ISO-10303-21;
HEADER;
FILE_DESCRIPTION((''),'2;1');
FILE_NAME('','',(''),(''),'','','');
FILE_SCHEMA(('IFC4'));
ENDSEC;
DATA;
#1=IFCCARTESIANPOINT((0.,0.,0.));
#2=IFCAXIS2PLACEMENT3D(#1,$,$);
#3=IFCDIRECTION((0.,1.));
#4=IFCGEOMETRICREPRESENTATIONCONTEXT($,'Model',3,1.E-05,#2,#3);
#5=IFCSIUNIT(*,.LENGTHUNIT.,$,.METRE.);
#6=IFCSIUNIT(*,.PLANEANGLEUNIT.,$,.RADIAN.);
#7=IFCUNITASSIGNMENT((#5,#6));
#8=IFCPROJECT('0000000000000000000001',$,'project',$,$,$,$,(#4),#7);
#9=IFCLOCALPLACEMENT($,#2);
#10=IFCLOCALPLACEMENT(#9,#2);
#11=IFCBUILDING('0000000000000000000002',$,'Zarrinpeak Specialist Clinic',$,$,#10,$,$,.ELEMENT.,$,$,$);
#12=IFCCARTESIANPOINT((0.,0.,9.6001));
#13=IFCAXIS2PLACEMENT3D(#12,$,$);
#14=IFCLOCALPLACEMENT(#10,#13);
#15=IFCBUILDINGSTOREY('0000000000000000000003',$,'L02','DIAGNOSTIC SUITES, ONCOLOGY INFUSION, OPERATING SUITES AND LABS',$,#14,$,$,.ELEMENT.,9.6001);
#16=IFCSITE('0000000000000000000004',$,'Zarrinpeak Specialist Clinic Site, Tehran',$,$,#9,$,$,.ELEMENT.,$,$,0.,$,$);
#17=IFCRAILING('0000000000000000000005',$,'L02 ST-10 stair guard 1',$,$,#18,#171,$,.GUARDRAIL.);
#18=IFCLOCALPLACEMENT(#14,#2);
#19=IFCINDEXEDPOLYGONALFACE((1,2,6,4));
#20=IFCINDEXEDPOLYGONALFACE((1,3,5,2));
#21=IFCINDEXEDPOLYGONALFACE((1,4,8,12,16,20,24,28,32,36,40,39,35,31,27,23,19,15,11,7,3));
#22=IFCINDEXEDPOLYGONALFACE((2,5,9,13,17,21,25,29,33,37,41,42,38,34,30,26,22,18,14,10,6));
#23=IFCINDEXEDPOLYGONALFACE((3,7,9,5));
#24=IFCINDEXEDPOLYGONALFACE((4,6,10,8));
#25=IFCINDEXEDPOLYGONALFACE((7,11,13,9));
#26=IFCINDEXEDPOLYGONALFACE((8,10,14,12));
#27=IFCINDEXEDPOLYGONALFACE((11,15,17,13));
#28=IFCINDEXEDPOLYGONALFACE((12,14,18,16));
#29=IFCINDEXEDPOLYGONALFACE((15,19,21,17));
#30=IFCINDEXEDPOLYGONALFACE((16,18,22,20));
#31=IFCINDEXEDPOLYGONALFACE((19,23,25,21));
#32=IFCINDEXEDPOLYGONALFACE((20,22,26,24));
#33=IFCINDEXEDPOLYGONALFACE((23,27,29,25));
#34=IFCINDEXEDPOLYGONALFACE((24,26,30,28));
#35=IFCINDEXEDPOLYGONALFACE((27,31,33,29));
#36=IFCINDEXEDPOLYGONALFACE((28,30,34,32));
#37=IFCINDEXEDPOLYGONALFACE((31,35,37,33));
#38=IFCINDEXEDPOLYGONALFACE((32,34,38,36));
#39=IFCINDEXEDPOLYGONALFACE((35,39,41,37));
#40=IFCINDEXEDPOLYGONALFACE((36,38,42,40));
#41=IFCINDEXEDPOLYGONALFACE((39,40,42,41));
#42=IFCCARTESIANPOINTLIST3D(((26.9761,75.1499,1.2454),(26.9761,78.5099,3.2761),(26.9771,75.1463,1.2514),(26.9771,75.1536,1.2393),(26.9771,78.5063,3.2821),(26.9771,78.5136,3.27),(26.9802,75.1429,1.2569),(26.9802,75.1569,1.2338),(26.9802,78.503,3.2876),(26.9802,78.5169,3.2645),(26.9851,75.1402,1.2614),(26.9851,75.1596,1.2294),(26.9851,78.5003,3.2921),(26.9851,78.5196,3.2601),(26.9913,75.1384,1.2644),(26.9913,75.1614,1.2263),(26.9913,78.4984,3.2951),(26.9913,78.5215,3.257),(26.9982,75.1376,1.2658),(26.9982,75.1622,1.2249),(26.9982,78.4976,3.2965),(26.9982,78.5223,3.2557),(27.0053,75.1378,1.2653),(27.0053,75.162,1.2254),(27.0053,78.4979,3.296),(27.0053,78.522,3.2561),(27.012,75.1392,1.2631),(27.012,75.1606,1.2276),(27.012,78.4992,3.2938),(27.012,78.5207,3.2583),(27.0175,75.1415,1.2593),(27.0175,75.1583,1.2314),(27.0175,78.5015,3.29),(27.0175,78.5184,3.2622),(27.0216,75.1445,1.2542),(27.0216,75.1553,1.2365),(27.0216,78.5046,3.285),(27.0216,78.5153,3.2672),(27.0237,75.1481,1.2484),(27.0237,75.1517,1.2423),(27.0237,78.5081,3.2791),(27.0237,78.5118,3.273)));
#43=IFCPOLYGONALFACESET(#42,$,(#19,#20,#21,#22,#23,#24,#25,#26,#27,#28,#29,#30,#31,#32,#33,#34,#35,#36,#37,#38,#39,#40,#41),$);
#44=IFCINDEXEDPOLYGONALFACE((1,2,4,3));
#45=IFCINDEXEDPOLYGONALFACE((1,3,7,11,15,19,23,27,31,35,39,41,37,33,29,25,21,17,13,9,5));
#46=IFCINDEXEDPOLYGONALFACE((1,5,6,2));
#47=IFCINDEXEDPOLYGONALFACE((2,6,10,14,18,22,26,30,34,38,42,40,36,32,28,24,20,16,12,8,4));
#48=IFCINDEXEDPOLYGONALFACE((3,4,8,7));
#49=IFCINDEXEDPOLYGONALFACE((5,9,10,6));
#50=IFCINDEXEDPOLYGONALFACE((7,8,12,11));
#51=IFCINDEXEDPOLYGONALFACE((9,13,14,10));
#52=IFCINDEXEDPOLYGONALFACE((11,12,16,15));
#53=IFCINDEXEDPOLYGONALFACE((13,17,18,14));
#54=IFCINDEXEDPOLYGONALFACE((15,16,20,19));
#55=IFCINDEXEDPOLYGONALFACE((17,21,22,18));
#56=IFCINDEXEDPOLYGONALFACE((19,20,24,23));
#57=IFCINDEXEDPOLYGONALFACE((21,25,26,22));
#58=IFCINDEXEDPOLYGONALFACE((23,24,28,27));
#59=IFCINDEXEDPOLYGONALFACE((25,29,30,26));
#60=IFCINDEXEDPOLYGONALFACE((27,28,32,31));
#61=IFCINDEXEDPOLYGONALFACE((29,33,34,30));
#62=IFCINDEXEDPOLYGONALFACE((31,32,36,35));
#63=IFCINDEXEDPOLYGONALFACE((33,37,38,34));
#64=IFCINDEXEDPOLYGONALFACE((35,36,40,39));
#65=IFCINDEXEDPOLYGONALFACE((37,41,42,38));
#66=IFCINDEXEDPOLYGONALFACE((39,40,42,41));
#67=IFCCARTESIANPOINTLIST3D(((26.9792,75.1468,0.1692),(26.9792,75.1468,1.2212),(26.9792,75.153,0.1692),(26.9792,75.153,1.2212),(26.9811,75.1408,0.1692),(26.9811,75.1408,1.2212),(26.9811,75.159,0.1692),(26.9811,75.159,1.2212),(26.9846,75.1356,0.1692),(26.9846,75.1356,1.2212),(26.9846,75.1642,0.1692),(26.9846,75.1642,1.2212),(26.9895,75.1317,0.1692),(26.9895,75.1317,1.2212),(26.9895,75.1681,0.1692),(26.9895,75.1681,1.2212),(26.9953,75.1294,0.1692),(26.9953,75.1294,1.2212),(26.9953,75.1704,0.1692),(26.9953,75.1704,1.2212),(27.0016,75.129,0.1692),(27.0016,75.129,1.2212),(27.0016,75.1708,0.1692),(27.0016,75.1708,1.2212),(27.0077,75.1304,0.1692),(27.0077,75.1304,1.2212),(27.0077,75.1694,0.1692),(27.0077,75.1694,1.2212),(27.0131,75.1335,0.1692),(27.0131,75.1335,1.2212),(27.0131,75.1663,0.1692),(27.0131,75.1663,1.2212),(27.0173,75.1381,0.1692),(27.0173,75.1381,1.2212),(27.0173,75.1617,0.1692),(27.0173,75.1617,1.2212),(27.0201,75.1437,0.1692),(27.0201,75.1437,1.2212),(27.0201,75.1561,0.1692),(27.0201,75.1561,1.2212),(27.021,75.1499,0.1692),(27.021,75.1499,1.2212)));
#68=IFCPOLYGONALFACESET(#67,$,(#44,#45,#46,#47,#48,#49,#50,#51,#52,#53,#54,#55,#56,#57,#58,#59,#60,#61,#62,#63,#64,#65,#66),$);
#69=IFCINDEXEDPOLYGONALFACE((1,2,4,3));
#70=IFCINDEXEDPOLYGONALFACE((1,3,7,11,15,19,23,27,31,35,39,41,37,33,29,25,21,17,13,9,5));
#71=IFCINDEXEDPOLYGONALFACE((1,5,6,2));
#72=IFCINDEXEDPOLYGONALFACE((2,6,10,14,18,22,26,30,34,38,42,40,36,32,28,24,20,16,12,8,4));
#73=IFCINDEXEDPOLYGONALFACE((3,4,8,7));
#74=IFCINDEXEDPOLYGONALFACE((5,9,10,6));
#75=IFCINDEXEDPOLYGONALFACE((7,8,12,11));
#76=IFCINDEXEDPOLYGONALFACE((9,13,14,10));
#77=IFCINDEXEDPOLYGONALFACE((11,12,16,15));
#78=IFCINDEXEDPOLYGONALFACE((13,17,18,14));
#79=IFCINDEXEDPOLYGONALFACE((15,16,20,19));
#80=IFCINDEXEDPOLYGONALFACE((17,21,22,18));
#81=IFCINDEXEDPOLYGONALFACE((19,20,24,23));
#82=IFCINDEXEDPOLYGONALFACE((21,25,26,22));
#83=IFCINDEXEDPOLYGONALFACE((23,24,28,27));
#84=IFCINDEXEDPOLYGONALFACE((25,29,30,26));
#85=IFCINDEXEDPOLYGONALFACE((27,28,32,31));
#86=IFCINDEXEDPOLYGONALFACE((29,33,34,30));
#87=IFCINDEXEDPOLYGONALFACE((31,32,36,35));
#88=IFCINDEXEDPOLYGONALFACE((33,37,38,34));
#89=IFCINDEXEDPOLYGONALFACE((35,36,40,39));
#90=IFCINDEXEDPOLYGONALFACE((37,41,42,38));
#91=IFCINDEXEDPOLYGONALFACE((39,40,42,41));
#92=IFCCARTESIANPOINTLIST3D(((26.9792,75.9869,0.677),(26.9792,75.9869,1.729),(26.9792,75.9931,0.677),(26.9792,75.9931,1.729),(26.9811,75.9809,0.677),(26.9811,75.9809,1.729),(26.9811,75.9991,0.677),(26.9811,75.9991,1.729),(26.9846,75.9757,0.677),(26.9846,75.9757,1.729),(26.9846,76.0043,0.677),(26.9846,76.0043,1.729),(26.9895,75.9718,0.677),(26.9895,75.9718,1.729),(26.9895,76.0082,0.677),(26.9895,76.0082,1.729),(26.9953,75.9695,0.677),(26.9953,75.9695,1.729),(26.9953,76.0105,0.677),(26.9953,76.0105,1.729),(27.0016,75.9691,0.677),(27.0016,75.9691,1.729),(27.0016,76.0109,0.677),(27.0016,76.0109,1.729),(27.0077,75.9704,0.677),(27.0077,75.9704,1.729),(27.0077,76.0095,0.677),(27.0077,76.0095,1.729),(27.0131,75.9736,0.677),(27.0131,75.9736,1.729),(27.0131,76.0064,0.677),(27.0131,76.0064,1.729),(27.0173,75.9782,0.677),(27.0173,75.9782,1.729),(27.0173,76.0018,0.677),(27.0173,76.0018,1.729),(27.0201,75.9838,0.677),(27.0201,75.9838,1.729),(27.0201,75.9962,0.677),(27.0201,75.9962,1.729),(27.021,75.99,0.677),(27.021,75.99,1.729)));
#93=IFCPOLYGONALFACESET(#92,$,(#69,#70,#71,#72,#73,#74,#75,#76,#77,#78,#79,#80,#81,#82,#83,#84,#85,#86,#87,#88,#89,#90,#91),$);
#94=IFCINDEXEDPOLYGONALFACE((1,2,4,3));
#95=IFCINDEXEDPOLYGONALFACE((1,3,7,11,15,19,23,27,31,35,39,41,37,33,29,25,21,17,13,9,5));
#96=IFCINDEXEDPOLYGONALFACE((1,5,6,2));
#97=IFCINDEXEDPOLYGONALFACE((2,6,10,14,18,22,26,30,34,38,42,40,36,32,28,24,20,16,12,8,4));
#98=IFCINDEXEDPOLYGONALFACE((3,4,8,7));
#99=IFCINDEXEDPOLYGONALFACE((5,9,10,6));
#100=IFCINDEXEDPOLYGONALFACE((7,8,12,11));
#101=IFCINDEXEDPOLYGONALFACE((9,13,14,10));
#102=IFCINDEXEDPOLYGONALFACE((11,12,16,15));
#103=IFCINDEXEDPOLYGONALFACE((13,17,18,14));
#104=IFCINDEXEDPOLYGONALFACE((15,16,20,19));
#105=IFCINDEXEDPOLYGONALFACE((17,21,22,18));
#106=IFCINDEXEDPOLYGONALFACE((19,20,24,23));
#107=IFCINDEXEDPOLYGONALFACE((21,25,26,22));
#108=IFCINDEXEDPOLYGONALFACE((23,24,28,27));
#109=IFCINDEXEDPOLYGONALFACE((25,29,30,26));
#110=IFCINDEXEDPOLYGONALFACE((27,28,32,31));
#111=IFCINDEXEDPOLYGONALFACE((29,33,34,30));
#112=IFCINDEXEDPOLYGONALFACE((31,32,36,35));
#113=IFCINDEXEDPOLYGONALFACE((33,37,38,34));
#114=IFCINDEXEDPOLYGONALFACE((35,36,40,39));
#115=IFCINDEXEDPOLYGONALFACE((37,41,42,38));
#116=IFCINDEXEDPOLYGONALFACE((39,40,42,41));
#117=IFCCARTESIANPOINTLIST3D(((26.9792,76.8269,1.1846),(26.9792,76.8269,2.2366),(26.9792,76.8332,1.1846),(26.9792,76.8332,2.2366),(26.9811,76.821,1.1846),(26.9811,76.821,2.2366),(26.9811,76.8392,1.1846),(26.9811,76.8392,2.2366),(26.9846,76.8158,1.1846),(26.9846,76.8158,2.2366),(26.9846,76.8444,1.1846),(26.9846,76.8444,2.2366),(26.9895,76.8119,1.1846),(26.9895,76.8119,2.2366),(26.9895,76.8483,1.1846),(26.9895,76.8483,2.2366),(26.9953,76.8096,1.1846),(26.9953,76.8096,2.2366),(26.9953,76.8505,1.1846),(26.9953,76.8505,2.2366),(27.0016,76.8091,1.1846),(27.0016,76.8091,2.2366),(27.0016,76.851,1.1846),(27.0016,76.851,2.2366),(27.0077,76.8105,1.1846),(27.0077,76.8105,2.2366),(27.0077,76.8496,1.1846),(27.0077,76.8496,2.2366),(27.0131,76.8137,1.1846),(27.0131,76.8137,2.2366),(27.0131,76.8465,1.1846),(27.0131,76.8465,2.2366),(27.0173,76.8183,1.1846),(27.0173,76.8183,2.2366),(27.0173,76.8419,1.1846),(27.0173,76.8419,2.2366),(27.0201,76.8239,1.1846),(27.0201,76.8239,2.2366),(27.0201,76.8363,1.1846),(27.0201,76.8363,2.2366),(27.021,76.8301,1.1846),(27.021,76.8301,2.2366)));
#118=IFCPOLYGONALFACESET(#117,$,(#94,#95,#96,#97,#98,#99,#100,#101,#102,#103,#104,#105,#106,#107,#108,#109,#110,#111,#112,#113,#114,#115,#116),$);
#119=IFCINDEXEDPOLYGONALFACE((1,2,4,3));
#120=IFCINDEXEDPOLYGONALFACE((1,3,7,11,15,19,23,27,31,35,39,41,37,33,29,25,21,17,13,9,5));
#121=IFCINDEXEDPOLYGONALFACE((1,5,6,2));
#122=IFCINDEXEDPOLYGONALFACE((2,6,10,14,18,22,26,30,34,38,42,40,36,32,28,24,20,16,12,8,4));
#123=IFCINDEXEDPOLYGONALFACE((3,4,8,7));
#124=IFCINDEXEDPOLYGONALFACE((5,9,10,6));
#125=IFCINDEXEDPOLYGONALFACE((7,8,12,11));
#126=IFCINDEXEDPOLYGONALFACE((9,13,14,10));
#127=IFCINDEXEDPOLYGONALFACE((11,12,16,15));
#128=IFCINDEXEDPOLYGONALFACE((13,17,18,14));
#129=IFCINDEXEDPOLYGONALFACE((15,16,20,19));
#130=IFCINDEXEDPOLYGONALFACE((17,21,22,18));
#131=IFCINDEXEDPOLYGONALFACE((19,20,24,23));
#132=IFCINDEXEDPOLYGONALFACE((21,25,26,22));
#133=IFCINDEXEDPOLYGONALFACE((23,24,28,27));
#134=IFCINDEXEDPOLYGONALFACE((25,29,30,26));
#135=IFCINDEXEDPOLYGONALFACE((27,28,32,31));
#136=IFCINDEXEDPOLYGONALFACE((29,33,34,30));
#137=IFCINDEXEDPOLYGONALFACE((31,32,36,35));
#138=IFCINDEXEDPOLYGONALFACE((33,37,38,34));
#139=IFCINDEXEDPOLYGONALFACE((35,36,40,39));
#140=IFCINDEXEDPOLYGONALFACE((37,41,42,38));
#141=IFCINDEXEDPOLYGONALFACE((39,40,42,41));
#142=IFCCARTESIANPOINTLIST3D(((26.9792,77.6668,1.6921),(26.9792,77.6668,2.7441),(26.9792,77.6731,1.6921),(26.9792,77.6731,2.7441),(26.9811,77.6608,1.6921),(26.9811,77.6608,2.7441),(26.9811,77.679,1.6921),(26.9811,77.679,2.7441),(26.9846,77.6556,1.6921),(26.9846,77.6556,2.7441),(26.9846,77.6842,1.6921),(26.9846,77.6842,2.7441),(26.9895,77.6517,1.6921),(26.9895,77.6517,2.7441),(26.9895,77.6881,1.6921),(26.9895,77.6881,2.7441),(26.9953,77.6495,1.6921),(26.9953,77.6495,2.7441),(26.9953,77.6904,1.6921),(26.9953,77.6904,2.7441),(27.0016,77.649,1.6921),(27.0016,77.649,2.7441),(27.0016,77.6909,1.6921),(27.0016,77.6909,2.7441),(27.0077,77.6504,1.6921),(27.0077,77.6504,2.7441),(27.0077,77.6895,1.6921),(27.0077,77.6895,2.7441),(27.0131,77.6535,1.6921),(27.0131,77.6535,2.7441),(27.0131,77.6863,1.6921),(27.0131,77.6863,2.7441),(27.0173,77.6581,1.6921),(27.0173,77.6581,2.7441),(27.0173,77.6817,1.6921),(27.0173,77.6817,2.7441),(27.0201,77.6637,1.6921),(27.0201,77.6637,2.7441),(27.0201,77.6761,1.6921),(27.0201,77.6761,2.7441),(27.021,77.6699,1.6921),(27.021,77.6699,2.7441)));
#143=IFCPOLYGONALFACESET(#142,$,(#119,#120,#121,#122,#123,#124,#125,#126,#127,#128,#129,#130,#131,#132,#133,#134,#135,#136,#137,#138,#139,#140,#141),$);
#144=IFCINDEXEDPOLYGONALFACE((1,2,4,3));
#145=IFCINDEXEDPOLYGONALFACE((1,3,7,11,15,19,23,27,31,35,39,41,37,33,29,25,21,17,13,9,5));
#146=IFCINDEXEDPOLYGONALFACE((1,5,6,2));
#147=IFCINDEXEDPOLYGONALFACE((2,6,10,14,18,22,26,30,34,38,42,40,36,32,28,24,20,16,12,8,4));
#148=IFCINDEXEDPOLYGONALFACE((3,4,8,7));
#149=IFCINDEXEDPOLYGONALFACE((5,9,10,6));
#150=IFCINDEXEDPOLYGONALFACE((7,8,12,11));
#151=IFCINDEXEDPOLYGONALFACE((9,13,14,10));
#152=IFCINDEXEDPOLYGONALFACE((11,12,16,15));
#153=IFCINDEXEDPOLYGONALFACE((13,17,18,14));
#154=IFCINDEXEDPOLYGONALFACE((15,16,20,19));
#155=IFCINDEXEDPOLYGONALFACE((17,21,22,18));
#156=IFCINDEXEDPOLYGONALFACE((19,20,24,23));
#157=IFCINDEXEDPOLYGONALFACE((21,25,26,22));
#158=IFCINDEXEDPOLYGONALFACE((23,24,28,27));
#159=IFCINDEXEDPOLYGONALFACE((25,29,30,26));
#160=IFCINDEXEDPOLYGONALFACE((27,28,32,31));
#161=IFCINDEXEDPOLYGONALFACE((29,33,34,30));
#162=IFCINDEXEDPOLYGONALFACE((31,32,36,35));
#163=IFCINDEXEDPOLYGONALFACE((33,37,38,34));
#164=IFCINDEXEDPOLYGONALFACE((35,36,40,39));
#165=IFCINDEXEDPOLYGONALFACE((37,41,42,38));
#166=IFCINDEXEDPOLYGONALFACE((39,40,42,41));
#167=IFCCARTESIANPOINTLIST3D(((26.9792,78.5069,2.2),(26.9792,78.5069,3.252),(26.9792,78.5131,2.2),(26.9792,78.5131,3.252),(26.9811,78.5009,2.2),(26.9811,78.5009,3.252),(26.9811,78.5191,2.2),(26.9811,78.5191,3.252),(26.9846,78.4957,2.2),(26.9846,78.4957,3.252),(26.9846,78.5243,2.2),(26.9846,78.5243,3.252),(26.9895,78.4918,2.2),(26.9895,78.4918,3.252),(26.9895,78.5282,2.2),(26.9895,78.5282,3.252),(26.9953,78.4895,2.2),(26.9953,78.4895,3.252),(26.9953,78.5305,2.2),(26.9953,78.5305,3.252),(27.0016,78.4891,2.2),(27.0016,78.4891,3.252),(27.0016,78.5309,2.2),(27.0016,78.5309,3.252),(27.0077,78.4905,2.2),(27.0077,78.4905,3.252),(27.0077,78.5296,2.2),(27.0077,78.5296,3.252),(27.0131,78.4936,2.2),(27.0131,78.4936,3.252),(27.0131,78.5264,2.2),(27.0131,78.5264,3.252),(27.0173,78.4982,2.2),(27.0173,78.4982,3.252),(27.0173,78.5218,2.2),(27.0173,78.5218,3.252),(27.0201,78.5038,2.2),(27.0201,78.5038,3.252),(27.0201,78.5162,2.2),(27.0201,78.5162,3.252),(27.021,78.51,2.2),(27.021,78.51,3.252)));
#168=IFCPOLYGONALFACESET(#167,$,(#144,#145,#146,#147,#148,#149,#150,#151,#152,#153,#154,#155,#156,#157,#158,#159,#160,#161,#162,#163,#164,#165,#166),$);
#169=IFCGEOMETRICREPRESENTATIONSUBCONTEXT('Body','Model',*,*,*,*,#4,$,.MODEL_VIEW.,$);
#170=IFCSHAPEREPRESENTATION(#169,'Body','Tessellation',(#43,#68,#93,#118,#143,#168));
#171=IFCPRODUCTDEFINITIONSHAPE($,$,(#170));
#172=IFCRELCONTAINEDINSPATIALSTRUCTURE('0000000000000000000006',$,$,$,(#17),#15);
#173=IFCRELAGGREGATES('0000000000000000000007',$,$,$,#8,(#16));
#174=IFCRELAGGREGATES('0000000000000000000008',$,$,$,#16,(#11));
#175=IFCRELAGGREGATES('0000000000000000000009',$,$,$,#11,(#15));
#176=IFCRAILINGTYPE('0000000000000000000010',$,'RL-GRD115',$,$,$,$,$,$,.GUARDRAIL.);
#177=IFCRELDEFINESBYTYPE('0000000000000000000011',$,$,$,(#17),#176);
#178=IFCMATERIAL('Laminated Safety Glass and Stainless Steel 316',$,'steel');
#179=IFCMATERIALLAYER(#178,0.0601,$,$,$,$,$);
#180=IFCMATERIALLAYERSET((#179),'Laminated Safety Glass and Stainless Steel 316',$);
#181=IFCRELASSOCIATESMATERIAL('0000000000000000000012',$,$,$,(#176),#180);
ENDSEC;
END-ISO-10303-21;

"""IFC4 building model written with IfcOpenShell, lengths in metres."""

from ifc_helpers import new_model, si_unit, direction, frame, origin, origin_2d, place, context, subcontext, project, spatial, circle, extrude, material, layer, layer_set, type_object, element, save


model = new_model("IFC4")

# Units and contexts
model_context = context("Model", 3, precision=1e-05, world=origin(), true_north=direction((0.0, 1.0)))
body_context = subcontext(model_context, "Body", "Model", "MODEL_VIEW")
ifc_project = project(units=[si_unit("LENGTHUNIT", "METRE"), si_unit("PLANEANGLEUNIT", "RADIAN")], contexts=[model_context])

# Site, building, storey
site_placement = place(None, origin())
site = spatial("IfcSite", under=ifc_project, at=site_placement, Name="Zarrinpeak Specialist Clinic Site, Tehran", CompositionType="ELEMENT", RefElevation=0.0)
building_placement = place(site_placement, origin())
building = spatial("IfcBuilding", under=site, at=building_placement, Name="Zarrinpeak Specialist Clinic", CompositionType="ELEMENT")
storey_placement = place(building_placement, frame((0.0, 0.0, 9.6001)))
storey = spatial("IfcBuildingStorey", under=building, at=storey_placement, Name="L02", Description="DIAGNOSTIC SUITES, ONCOLOGY INFUSION, OPERATING SUITES AND LABS", CompositionType="ELEMENT", Elevation=9.6001)

# Railing
ifc_material_1 = material(Name="Laminated Safety Glass and Stainless Steel 316", Category="steel")
ifc_layer_1 = layer(ifc_material_1, 0.0601)
ifc_layer_set_1 = layer_set([ifc_layer_1], Name="Laminated Safety Glass and Stainless Steel 316")
railing_type_1 = type_object("IfcRailingType", Name="RL-GRD115", PredefinedType="GUARDRAIL", material=ifc_layer_set_1)
railing_1_placement = place(storey_placement, frame((27.0, 75.1499, 0.1692)))
element("IfcRailing", 1, at=railing_1_placement, inside=storey, type_object=railing_type_1, Name="L02 ST-10 stair guard 1", PredefinedType="GUARDRAIL", context=body_context, shape_type="SweptSolid", body=[
    extrude(circle(Radius=0.0239, at=origin_2d()), frame((0.0, 0.0, 1.0762), z_axis=(0.0, 0.855837, 0.517246), x_axis=(-1.0, 0.0, 0.0)), (0.0, 0.0, 1.0), 3.926),
    extrude(circle(Radius=0.021, at=origin_2d()), origin(), (0.0, 0.0, 1.0), 1.052),
    extrude(circle(Radius=0.021, at=origin_2d()), frame((0.0, 0.8401, 0.5078)), (0.0, 0.0, 1.0), 1.052),
    extrude(circle(Radius=0.021, at=origin_2d()), frame((0.0, 1.6802, 1.0154)), (0.0, 0.0, 1.0), 1.052),
    extrude(circle(Radius=0.021, at=origin_2d()), frame((0.0, 2.52, 1.5229)), (0.0, 0.0, 1.0), 1.052),
    extrude(circle(Radius=0.021, at=origin_2d()), frame((0.0, 3.3601, 2.0308)), (0.0, 0.0, 1.0), 1.052),
])

save(model, "model.ifc")
